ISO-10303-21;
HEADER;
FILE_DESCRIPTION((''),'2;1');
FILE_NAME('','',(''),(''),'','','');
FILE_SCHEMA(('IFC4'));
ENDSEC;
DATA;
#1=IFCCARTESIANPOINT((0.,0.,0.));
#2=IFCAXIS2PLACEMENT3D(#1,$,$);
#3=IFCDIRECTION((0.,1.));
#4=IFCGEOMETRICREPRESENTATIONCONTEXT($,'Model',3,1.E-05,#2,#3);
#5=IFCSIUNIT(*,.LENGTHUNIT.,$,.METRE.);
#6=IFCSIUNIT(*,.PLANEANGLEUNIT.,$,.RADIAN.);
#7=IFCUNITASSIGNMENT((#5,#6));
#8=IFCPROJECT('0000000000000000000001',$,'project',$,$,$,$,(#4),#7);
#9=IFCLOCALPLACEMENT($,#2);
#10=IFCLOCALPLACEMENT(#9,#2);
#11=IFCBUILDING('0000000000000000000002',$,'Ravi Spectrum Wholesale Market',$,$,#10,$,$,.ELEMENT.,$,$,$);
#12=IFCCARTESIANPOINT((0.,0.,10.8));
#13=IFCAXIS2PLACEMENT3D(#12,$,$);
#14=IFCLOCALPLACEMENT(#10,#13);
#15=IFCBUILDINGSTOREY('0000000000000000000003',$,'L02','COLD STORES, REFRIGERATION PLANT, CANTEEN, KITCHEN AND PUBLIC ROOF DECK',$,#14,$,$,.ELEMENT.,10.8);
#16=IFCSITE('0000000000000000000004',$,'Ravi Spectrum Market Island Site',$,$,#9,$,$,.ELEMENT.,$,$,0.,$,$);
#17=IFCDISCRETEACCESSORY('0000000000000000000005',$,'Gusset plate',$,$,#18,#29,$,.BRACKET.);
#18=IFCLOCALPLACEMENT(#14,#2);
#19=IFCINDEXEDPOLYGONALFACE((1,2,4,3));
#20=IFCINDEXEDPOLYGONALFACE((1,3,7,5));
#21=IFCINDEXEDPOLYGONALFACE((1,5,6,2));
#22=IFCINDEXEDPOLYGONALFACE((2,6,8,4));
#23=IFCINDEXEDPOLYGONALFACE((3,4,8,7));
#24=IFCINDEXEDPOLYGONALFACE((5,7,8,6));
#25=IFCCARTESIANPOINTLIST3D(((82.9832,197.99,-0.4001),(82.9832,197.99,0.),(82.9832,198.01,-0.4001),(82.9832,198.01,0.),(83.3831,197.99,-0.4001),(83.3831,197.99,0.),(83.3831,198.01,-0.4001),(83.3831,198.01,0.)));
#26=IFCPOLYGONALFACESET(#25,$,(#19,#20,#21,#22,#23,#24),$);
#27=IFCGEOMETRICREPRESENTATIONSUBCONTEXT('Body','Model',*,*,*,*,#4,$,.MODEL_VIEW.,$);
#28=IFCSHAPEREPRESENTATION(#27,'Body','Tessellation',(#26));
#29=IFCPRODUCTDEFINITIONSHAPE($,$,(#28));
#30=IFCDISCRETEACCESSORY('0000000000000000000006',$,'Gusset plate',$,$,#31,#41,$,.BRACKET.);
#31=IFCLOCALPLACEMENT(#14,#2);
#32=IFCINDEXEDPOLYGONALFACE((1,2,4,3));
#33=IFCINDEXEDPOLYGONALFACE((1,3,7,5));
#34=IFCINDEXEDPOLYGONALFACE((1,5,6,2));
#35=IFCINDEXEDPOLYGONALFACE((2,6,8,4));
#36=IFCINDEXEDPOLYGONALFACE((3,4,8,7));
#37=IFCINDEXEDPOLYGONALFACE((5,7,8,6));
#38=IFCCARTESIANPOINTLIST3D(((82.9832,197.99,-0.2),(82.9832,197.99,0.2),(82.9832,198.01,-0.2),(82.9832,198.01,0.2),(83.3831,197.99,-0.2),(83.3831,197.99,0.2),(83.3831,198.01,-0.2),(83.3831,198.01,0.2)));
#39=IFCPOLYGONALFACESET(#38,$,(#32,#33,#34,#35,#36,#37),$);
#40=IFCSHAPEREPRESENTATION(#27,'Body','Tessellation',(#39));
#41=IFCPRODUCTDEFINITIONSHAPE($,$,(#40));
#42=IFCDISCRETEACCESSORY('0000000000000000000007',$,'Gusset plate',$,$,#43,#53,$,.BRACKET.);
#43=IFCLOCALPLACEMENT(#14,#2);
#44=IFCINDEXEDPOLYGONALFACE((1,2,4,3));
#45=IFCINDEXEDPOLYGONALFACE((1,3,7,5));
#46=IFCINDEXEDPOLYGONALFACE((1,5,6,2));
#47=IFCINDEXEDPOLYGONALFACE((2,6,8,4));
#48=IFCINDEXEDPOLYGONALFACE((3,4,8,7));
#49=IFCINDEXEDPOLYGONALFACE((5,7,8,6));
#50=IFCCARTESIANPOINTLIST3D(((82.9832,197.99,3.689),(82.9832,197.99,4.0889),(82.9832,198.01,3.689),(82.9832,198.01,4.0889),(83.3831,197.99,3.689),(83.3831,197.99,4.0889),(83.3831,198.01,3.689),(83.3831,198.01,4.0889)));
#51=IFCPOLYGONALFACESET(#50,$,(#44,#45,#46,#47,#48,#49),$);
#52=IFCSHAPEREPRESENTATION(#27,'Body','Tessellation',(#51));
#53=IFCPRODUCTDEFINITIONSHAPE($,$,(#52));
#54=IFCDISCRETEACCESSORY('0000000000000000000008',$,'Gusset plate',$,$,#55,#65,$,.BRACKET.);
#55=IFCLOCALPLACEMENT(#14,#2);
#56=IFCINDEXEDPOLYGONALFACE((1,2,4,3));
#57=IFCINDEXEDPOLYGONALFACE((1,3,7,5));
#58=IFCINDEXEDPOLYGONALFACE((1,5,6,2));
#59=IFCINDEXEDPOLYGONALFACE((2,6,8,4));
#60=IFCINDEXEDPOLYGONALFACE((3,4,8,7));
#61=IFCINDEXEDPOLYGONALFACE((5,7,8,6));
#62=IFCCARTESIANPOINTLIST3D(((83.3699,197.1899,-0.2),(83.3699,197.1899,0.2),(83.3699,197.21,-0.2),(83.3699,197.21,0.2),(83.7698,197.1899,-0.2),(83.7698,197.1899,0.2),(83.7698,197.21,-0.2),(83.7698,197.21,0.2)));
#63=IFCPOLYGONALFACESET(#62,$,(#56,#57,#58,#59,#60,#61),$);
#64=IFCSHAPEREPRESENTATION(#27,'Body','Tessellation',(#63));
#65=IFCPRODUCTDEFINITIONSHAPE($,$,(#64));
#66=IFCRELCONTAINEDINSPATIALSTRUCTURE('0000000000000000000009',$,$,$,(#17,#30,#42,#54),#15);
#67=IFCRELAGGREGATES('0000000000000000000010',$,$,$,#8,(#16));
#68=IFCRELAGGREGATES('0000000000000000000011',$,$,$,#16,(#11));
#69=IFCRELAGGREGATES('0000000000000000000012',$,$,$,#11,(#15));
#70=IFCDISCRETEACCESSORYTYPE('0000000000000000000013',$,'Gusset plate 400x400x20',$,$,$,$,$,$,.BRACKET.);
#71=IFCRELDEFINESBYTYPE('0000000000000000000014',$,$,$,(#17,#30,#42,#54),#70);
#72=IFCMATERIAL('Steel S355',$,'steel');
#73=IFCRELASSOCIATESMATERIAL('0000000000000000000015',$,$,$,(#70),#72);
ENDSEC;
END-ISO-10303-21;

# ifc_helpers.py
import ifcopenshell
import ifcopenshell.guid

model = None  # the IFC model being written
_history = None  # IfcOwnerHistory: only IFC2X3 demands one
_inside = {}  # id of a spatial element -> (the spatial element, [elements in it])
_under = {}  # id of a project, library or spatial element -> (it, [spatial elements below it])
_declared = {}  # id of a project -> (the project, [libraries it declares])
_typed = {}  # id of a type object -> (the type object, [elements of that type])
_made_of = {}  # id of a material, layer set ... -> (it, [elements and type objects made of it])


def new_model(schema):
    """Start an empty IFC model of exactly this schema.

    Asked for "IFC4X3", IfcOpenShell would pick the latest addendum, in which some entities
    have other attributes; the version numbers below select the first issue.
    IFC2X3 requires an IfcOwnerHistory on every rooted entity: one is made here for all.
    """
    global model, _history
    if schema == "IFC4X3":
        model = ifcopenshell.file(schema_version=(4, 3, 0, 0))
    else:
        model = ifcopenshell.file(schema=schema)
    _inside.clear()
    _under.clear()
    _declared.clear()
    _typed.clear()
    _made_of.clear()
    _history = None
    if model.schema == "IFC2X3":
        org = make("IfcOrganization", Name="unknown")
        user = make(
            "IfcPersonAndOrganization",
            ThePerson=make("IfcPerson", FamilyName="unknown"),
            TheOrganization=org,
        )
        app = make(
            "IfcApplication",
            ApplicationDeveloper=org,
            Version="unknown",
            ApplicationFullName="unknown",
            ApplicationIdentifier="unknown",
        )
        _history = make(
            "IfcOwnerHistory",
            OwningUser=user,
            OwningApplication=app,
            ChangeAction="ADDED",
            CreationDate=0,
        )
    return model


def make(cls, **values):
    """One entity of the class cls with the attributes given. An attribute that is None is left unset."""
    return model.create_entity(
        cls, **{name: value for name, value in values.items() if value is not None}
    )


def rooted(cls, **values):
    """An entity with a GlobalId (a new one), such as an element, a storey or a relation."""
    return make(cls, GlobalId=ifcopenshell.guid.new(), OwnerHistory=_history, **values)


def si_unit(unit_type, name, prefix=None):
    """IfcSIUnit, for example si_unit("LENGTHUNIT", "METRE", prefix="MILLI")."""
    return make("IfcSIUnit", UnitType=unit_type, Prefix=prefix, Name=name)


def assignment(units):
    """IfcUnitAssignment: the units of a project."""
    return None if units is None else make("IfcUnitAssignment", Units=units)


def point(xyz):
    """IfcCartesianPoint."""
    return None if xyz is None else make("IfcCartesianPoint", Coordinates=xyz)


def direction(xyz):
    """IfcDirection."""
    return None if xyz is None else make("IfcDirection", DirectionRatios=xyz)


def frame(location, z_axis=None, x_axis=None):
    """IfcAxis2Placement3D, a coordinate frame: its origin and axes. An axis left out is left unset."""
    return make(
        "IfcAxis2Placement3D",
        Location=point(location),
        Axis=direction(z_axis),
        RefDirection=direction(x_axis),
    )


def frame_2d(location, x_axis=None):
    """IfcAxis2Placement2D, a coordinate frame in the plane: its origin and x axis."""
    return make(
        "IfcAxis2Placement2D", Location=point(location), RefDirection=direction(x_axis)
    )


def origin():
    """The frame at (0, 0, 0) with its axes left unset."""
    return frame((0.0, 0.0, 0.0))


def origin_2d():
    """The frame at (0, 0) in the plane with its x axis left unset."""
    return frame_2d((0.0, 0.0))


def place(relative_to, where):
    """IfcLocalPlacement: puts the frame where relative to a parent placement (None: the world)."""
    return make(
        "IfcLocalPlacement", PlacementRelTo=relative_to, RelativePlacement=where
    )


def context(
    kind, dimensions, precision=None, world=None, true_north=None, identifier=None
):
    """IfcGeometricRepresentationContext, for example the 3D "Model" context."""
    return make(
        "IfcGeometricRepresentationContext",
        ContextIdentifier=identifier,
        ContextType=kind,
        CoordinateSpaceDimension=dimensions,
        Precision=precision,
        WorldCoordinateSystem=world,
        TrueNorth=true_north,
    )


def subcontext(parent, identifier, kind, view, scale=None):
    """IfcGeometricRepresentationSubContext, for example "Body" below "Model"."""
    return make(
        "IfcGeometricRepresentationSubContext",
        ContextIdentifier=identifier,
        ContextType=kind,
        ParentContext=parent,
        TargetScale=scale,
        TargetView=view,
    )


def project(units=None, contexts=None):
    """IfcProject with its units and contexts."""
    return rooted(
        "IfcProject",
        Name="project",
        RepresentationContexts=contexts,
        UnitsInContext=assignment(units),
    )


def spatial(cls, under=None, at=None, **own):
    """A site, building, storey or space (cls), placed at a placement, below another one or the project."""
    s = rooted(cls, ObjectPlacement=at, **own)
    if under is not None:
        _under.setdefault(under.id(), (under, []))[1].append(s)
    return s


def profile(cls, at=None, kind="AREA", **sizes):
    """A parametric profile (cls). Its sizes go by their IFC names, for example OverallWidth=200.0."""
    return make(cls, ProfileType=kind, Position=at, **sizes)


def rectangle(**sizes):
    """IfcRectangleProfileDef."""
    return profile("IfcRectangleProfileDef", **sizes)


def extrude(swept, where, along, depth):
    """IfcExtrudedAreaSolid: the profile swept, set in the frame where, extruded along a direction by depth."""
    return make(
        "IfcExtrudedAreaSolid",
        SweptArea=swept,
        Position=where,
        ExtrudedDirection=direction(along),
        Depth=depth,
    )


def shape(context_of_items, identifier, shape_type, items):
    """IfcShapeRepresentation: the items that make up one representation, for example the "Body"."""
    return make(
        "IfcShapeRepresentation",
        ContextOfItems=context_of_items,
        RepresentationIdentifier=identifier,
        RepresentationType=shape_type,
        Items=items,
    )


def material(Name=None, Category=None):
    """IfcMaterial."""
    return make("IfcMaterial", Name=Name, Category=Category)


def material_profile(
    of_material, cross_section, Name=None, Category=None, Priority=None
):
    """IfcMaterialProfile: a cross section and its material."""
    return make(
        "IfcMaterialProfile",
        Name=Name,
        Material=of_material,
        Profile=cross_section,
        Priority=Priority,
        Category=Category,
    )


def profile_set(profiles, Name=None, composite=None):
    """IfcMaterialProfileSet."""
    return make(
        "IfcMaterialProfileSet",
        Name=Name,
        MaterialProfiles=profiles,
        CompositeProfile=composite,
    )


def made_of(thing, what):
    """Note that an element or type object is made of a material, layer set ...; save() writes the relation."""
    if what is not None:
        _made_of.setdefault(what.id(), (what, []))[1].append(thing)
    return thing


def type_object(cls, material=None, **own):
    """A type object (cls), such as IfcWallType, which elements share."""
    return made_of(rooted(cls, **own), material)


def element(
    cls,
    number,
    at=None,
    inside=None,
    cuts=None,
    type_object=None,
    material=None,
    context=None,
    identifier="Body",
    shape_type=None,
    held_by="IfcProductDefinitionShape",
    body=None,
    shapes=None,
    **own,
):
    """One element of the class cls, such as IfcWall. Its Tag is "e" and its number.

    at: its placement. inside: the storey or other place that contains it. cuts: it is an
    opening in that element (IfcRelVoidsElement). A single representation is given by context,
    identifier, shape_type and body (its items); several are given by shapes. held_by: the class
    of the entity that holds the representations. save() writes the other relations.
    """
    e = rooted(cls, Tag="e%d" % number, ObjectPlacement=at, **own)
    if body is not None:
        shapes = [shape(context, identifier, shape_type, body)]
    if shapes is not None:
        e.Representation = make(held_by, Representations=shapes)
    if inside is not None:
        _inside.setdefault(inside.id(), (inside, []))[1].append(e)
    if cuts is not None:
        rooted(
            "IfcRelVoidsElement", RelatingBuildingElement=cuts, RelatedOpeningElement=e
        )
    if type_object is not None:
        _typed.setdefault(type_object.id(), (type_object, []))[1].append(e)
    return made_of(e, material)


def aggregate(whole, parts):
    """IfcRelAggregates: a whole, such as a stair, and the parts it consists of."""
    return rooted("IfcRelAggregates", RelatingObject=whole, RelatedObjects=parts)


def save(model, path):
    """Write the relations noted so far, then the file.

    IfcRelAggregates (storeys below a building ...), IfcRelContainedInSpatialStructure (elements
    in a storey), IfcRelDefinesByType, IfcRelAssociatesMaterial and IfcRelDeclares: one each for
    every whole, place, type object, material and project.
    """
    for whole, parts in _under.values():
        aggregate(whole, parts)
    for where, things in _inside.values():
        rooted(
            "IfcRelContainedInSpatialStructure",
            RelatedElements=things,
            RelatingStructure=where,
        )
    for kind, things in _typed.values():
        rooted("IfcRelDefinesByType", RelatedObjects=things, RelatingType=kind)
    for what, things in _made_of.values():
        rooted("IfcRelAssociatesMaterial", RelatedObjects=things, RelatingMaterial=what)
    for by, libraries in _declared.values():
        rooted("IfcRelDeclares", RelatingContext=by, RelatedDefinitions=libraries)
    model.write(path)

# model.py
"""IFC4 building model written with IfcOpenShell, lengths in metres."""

from ifc_helpers import new_model, si_unit, direction, frame, origin, origin_2d, place, context, subcontext, project, spatial, rectangle, extrude, material, material_profile, profile_set, type_object, element, save


model = new_model("IFC4")

# Units and contexts
model_context = context("Model", 3, precision=1e-05, world=origin(), true_north=direction((0.0, 1.0)))
body_context = subcontext(model_context, "Body", "Model", "MODEL_VIEW")
ifc_project = project(units=[si_unit("LENGTHUNIT", "METRE"), si_unit("PLANEANGLEUNIT", "RADIAN")], contexts=[model_context])

# Site, building, storey
site_placement = place(None, origin())
site = spatial("IfcSite", under=ifc_project, at=site_placement, Name="Ravi Spectrum Market Island Site", CompositionType="ELEMENT", RefElevation=0.0)
building_placement = place(site_placement, origin())
building = spatial("IfcBuilding", under=site, at=building_placement, Name="Ravi Spectrum Wholesale Market", CompositionType="ELEMENT")
storey_placement = place(building_placement, frame((0.0, 0.0, 10.8)))
storey = spatial("IfcBuildingStorey", under=building, at=storey_placement, Name="L02", Description="COLD STORES, REFRIGERATION PLANT, CANTEEN, KITCHEN AND PUBLIC ROOF DECK", CompositionType="ELEMENT", Elevation=10.8)

# Discrete accessories
ifc_material_1 = material(Name="Steel S355", Category="steel")
ifc_material_profile_1 = material_profile(ifc_material_1, rectangle(XDim=0.3999, YDim=0.02, at=origin_2d()))
ifc_profile_set_1 = profile_set([ifc_material_profile_1], Name="Steel S355")
discrete_accessory_type_1 = type_object("IfcDiscreteAccessoryType", Name="Gusset plate 400x400x20", PredefinedType="BRACKET", material=ifc_profile_set_1)
discrete_accessory_placement = place(storey_placement, frame((83.1831, 198.0, -0.4001), z_axis=(0.0, 0.0, 1.0), x_axis=(1.0, 0.0, 0.0)))
element("IfcDiscreteAccessory", 1, at=discrete_accessory_placement, inside=storey, type_object=discrete_accessory_type_1, Name="Gusset plate", PredefinedType="BRACKET", context=body_context, shape_type="SweptSolid", body=[
    extrude(rectangle(XDim=0.3999, YDim=0.02, at=origin_2d()), origin(), (0.0, 0.0, 1.0), 0.4001),
])
for number, where, z_axis, x_axis, name in (
    (2, (83.1831, 198.0, -0.2), (0.0, 0.0, 1.0), (1.0, 0.0, 0.0), "Gusset plate"),
    (3, (83.1831, 198.0, 3.689), (0.0, 0.0, 1.0), (-1.0, 0.0, 0.0), "Gusset plate"),
    (4, (83.5698, 197.2, -0.2), (0.0, 0.0, 1.0), (1.0, 0.0, 0.0), "Gusset plate"),
):
    element("IfcDiscreteAccessory", number, at=place(storey_placement, frame(where, z_axis=z_axis, x_axis=x_axis)), inside=storey, type_object=discrete_accessory_type_1, Name=name, PredefinedType="BRACKET", context=body_context, shape_type="SweptSolid", body=[
        extrude(rectangle(XDim=0.3999, YDim=0.02, at=origin_2d()), origin(), (0.0, 0.0, 1.0), 0.3999),
    ])

save(model, "model.ifc")
